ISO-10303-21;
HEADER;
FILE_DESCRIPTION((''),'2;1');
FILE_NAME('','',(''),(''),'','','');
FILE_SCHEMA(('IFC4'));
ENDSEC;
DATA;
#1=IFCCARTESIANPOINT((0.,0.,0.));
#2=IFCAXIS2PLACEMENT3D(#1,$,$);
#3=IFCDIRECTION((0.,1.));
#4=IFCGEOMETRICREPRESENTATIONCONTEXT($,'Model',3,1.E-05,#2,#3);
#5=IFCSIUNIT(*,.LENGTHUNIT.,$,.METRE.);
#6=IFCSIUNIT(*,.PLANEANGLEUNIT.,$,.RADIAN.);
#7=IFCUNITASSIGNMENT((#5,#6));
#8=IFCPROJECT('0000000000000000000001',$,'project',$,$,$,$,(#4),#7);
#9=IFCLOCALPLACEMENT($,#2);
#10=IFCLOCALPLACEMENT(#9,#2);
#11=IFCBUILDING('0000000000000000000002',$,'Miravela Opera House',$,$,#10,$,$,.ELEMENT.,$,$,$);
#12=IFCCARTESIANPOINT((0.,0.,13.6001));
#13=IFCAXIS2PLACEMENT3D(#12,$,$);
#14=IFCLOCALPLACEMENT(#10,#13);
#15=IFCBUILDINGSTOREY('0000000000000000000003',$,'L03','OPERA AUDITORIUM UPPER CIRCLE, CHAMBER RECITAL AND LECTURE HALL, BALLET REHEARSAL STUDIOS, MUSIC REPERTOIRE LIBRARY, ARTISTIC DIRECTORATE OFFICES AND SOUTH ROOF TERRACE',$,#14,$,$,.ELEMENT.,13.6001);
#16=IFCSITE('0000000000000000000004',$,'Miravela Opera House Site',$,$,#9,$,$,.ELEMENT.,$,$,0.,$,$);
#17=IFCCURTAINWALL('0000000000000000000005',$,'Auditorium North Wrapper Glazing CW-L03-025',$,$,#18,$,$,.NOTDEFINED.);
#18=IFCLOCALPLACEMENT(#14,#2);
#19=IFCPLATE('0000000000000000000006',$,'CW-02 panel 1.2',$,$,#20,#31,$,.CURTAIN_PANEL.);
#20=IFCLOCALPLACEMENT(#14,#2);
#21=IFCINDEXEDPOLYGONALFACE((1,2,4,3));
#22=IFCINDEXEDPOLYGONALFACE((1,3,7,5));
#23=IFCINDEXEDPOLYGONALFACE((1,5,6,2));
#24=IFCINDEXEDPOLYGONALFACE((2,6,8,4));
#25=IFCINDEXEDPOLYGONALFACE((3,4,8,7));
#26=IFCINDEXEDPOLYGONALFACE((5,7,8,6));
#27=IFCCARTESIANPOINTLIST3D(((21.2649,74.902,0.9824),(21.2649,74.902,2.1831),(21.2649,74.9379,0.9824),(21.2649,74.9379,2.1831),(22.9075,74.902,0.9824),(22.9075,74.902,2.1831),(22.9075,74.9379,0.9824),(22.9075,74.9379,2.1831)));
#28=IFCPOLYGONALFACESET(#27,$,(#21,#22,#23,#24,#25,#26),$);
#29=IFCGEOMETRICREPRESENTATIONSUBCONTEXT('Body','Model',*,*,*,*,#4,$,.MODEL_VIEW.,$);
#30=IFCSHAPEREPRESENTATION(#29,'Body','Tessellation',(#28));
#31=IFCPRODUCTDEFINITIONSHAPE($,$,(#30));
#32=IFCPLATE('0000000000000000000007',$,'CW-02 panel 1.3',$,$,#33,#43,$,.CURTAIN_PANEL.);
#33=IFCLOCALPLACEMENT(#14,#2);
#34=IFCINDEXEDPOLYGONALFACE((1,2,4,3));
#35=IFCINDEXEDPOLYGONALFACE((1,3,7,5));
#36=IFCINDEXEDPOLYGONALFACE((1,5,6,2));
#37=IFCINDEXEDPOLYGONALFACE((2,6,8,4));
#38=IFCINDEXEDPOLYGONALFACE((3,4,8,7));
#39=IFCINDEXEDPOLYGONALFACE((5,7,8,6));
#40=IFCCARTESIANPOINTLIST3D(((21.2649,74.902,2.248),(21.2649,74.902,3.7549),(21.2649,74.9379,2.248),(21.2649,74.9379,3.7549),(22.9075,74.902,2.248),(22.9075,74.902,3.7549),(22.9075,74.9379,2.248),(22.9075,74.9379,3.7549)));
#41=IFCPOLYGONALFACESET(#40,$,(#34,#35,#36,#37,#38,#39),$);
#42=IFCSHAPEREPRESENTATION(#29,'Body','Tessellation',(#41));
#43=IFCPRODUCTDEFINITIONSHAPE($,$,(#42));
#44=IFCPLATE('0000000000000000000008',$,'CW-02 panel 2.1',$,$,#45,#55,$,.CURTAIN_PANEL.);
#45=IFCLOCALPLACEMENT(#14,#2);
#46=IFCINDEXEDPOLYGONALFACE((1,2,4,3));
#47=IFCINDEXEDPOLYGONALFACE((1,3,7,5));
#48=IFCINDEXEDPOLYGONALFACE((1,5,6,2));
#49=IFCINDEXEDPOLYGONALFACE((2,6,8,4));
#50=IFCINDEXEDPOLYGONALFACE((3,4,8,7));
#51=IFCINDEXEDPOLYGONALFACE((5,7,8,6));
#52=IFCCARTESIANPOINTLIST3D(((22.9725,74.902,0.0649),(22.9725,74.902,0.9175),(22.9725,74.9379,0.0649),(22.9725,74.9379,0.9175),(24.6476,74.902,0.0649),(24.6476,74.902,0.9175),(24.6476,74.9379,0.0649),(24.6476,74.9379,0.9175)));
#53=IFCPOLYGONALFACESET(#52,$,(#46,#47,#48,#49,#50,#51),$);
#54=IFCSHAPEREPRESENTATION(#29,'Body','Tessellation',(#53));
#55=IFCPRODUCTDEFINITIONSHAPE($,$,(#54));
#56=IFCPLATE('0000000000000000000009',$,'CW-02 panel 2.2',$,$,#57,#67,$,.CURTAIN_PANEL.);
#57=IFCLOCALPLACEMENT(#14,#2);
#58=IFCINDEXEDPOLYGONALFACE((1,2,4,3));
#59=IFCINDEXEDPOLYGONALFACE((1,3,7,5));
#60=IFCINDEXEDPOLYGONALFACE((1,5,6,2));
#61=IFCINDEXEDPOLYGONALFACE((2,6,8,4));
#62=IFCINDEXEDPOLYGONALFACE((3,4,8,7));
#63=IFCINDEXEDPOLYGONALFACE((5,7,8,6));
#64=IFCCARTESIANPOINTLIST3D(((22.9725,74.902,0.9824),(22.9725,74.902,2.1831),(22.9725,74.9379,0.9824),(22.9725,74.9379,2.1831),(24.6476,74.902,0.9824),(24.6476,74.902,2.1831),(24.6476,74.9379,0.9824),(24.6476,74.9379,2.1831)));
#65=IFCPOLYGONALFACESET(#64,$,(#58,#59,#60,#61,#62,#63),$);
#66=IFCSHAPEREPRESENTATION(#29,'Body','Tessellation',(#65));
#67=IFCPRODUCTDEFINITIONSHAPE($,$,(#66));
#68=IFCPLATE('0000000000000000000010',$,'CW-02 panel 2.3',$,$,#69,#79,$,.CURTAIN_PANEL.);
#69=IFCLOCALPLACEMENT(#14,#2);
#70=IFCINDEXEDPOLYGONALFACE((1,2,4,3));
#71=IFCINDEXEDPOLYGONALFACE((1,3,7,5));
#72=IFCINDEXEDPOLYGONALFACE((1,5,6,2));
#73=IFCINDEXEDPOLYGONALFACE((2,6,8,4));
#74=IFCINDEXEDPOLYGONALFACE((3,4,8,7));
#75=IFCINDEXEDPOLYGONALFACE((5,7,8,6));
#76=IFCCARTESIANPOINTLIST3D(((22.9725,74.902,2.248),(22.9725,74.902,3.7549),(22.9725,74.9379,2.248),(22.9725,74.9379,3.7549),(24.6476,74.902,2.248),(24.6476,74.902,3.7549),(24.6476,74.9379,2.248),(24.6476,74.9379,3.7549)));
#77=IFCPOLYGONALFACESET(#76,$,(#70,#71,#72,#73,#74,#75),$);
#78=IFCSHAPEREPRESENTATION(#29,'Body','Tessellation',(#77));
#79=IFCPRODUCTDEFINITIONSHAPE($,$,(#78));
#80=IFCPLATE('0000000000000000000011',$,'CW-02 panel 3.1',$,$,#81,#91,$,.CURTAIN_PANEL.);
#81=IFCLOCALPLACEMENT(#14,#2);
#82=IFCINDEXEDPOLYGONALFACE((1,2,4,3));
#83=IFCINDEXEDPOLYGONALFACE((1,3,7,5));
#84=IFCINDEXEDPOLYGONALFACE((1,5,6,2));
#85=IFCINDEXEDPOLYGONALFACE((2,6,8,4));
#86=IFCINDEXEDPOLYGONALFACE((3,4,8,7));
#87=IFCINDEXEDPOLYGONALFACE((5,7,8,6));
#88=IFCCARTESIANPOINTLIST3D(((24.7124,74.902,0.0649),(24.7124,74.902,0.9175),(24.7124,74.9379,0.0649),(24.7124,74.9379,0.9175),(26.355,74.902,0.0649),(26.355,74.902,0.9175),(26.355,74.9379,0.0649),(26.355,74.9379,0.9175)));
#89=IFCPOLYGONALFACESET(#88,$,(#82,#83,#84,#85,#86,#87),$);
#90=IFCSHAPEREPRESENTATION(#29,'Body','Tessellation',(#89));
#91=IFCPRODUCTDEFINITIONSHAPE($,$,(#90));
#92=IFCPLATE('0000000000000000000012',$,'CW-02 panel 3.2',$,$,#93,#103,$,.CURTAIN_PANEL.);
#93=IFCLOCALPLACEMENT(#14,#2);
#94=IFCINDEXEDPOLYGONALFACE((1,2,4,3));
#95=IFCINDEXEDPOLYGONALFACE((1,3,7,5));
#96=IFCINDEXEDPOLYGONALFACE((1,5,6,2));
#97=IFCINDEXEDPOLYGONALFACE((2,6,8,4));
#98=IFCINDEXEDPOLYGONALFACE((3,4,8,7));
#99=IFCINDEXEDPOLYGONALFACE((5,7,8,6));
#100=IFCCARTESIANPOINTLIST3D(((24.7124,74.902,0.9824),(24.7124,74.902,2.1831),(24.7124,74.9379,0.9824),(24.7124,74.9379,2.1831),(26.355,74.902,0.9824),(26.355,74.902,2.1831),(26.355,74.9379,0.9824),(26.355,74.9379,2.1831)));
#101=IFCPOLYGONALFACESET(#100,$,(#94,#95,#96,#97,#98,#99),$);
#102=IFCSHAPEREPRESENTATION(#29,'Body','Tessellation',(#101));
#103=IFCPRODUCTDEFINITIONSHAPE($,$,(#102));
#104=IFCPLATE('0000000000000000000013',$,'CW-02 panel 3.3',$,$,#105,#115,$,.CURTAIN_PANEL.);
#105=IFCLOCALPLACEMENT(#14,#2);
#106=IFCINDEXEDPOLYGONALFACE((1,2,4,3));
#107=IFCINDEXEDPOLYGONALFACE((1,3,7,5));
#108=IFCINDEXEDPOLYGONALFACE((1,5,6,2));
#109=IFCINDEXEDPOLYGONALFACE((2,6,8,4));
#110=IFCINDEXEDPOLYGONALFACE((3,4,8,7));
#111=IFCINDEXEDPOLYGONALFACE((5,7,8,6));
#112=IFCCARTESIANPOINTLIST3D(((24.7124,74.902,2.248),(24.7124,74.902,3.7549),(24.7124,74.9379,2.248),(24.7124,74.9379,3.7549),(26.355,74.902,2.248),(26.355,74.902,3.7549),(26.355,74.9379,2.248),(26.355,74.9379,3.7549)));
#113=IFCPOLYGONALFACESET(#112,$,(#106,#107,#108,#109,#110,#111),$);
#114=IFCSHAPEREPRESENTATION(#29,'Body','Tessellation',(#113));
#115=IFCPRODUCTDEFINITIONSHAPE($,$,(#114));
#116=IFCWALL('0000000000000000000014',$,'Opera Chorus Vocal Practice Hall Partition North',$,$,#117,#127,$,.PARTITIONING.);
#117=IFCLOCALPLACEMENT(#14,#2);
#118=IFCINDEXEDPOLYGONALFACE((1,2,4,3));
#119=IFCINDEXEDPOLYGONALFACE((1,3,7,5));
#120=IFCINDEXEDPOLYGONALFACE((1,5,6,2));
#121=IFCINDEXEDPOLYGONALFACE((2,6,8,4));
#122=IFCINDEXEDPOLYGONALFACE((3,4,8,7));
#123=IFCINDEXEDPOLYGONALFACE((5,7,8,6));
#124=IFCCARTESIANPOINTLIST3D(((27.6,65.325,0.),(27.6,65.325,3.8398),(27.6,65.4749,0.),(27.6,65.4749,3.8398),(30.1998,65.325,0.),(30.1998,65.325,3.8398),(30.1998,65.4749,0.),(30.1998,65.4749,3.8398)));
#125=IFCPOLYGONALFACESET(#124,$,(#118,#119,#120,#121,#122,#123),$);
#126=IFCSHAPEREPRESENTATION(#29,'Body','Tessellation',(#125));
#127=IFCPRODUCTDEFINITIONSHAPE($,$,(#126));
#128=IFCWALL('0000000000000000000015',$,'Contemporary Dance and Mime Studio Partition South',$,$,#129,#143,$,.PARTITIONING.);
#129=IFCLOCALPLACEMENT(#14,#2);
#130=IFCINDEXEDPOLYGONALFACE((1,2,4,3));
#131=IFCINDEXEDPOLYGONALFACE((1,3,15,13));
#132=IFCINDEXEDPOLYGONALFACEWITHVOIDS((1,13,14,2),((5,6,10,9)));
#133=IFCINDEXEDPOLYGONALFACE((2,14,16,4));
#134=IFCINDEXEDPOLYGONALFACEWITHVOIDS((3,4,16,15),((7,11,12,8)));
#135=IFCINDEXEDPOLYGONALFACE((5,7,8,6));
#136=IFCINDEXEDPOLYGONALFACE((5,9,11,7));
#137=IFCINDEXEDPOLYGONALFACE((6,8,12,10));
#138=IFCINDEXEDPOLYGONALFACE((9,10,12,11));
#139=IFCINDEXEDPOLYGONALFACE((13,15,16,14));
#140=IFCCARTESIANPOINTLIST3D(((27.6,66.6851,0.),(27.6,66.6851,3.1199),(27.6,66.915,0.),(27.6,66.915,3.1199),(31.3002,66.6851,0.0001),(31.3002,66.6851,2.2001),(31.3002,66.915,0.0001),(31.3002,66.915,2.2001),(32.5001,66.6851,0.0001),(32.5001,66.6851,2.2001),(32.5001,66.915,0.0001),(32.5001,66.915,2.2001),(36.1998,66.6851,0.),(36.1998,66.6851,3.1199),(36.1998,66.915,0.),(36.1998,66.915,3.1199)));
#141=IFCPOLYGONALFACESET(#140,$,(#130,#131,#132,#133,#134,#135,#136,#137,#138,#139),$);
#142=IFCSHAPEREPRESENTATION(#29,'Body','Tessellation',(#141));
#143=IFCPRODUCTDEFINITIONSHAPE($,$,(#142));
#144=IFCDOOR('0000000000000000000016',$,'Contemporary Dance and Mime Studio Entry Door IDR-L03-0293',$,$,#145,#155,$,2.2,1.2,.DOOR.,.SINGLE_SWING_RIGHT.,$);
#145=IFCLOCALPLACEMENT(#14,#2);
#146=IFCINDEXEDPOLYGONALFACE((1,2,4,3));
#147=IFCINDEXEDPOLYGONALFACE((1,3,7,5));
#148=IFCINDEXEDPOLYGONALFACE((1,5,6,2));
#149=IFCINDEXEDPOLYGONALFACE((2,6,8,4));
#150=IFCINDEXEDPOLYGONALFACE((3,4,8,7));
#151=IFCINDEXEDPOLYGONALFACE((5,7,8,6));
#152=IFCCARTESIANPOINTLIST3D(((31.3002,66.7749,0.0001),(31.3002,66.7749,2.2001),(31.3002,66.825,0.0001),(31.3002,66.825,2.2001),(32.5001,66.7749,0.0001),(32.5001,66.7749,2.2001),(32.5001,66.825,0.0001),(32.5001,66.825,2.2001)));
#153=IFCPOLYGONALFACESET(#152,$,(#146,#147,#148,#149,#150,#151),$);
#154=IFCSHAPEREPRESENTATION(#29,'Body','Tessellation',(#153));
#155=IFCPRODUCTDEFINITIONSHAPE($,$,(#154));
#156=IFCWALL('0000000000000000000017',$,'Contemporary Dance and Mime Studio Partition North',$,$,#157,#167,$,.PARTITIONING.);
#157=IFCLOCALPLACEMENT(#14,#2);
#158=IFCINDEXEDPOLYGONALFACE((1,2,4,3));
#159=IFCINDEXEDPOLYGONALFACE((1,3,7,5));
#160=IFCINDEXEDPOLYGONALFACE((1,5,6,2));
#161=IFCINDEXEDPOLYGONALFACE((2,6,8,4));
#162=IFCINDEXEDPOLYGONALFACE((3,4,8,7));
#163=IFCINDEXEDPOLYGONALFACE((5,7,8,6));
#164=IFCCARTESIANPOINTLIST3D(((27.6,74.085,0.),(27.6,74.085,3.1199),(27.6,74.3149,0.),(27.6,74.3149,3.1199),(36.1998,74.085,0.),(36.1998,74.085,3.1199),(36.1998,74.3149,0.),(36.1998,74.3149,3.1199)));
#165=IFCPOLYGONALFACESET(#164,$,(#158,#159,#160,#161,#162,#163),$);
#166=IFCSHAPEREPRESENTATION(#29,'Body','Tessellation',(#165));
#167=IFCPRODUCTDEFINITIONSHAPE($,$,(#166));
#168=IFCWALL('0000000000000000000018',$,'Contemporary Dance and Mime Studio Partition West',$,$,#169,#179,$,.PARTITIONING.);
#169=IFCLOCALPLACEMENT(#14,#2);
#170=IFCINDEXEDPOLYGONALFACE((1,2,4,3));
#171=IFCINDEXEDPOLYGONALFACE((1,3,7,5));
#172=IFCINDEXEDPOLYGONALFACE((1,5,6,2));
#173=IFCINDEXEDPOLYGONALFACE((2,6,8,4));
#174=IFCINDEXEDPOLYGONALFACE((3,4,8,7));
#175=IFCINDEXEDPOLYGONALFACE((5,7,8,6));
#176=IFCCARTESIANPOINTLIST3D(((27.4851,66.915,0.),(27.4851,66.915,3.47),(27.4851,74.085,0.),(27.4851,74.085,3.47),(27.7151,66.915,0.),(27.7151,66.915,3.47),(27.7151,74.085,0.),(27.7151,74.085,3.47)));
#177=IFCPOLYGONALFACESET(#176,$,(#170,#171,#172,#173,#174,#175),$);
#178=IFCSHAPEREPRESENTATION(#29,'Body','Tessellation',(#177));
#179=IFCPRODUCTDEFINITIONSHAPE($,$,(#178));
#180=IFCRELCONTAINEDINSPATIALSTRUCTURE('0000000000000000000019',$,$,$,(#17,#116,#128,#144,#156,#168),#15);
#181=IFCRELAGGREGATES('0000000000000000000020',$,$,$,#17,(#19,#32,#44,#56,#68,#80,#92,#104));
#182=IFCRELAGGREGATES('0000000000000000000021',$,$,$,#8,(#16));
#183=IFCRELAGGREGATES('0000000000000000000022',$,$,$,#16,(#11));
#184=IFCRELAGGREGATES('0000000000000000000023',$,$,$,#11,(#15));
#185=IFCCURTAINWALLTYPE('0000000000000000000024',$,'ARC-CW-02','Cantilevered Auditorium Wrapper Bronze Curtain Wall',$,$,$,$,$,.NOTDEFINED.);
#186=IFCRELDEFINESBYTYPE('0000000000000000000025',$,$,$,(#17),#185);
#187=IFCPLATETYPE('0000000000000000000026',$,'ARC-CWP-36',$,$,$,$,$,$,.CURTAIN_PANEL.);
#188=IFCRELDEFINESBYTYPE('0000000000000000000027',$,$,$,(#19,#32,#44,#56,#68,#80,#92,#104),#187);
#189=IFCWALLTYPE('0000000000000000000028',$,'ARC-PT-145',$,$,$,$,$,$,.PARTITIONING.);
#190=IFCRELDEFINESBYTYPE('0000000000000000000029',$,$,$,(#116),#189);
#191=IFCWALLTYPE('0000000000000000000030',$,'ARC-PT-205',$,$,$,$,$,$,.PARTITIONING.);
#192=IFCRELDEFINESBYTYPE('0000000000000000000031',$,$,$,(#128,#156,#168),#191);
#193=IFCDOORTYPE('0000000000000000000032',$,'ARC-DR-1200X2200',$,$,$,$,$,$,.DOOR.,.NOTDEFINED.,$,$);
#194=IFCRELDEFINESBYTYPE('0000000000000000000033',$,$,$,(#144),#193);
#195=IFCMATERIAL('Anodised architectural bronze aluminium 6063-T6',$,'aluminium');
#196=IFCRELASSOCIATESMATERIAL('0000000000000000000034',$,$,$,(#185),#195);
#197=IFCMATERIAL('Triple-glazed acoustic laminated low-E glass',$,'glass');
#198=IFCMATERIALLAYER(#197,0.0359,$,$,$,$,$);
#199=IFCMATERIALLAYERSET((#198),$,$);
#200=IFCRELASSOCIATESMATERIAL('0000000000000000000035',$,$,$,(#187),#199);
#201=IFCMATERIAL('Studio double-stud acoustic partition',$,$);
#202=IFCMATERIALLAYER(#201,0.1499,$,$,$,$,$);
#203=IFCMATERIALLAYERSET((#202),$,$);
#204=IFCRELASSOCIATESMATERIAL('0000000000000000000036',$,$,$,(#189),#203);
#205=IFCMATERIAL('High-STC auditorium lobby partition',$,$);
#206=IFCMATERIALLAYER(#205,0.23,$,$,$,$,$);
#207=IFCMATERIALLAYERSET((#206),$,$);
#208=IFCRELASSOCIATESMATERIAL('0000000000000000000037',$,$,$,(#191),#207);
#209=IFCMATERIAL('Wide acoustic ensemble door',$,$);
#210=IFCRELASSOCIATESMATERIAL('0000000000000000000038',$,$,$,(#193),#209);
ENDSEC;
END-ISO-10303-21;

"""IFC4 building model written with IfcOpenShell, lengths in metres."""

from ifc_helpers import new_model, si_unit, direction, frame, frame_2d, origin, origin_2d, place, context, subcontext, project, spatial, rectangle, extrude, material, layer, layer_set, type_object, element, fill, aggregate, save


model = new_model("IFC4")

# Units and contexts
model_context = context("Model", 3, precision=1e-05, world=origin(), true_north=direction((0.0, 1.0)))
body_context = subcontext(model_context, "Body", "Model", "MODEL_VIEW")
ifc_project = project(units=[si_unit("LENGTHUNIT", "METRE"), si_unit("PLANEANGLEUNIT", "RADIAN")], contexts=[model_context])

# Site, building, storey
site_placement = place(None, origin())
site = spatial("IfcSite", under=ifc_project, at=site_placement, Name="Miravela Opera House Site", CompositionType="ELEMENT", RefElevation=0.0)
building_placement = place(site_placement, origin())
building = spatial("IfcBuilding", under=site, at=building_placement, Name="Miravela Opera House", CompositionType="ELEMENT")
storey_placement = place(building_placement, frame((0.0, 0.0, 13.6001)))
storey = spatial("IfcBuildingStorey", under=building, at=storey_placement, Name="L03", Description="OPERA AUDITORIUM UPPER CIRCLE, CHAMBER RECITAL AND LECTURE HALL, BALLET REHEARSAL STUDIOS, MUSIC REPERTOIRE LIBRARY, ARTISTIC DIRECTORATE OFFICES AND SOUTH ROOF TERRACE", CompositionType="ELEMENT", Elevation=13.6001)

# Shared definitions
ifc_material_1 = material(Name="Anodised architectural bronze aluminium 6063-T6", Category="aluminium")
curtain_wall_type = type_object("IfcCurtainWallType", Name="ARC-CW-02", Description="Cantilevered Auditorium Wrapper Bronze Curtain Wall", PredefinedType="NOTDEFINED", material=ifc_material_1)

# Curtain wall
curtain_wall_1_placement = place(storey_placement, origin())
curtain_wall_1 = element("IfcCurtainWall", 1, at=curtain_wall_1_placement, inside=storey, type_object=curtain_wall_type, Name="Auditorium North Wrapper Glazing CW-L03-025", PredefinedType="NOTDEFINED")

# Plates
ifc_material_2 = material(Name="Triple-glazed acoustic laminated low-E glass", Category="glass")
ifc_layer_1 = layer(ifc_material_2, 0.0359)
ifc_layer_set_1 = layer_set([ifc_layer_1])
plate_type = type_object("IfcPlateType", Name="ARC-CWP-36", PredefinedType="CURTAIN_PANEL", material=ifc_layer_set_1)
plate_1_placement = place(storey_placement, frame((22.0862, 74.9199, 0.9824), z_axis=(0.0, 0.0, 1.0), x_axis=(1.0, 0.0, 0.0)))
plate_1 = element("IfcPlate", 2, at=plate_1_placement, type_object=plate_type, Name="CW-02 panel 1.2", PredefinedType="CURTAIN_PANEL", context=body_context, shape_type="SweptSolid", body=[
    extrude(rectangle(XDim=1.6426, YDim=0.0359, at=origin_2d()), origin(), (0.0, 0.0, 1.0), 1.2007),
])
plate_2_placement = place(storey_placement, frame((22.0862, 74.9199, 2.248), z_axis=(0.0, 0.0, 1.0), x_axis=(1.0, 0.0, 0.0)))
plate_2 = element("IfcPlate", 3, at=plate_2_placement, type_object=plate_type, Name="CW-02 panel 1.3", PredefinedType="CURTAIN_PANEL", context=body_context, shape_type="SweptSolid", body=[
    extrude(rectangle(XDim=1.6426, YDim=0.0359, at=origin_2d()), origin(), (0.0, 0.0, 1.0), 1.5068),
])
plate_3_placement = place(storey_placement, frame((23.8101, 74.9199, 0.0649), z_axis=(0.0, 0.0, 1.0), x_axis=(1.0, 0.0, 0.0)))
plate_3 = element("IfcPlate", 4, at=plate_3_placement, type_object=plate_type, Name="CW-02 panel 2.1", PredefinedType="CURTAIN_PANEL", context=body_context, shape_type="SweptSolid", body=[
    extrude(rectangle(XDim=1.675, YDim=0.0359, at=origin_2d()), origin(), (0.0, 0.0, 1.0), 0.8525),
])
plate_4_placement = place(storey_placement, frame((23.8101, 74.9199, 0.9824), z_axis=(0.0, 0.0, 1.0), x_axis=(1.0, 0.0, 0.0)))
plate_4 = element("IfcPlate", 5, at=plate_4_placement, type_object=plate_type, Name="CW-02 panel 2.2", PredefinedType="CURTAIN_PANEL", context=body_context, shape_type="SweptSolid", body=[
    extrude(rectangle(XDim=1.675, YDim=0.0359, at=origin_2d()), origin(), (0.0, 0.0, 1.0), 1.2007),
])
plate_5_placement = place(storey_placement, frame((23.8101, 74.9199, 2.248), z_axis=(0.0, 0.0, 1.0), x_axis=(1.0, 0.0, 0.0)))
plate_5 = element("IfcPlate", 6, at=plate_5_placement, type_object=plate_type, Name="CW-02 panel 2.3", PredefinedType="CURTAIN_PANEL", context=body_context, shape_type="SweptSolid", body=[
    extrude(rectangle(XDim=1.675, YDim=0.0359, at=origin_2d()), origin(), (0.0, 0.0, 1.0), 1.5068),
])
plate_6_placement = place(storey_placement, frame((25.5337, 74.9199, 0.0649), z_axis=(0.0, 0.0, 1.0), x_axis=(1.0, 0.0, 0.0)))
plate_6 = element("IfcPlate", 7, at=plate_6_placement, type_object=plate_type, Name="CW-02 panel 3.1", PredefinedType="CURTAIN_PANEL", context=body_context, shape_type="SweptSolid", body=[
    extrude(rectangle(XDim=1.6426, YDim=0.0359, at=origin_2d()), origin(), (0.0, 0.0, 1.0), 0.8525),
])
plate_7_placement = place(storey_placement, frame((25.5337, 74.9199, 0.9824), z_axis=(0.0, 0.0, 1.0), x_axis=(1.0, 0.0, 0.0)))
plate_7 = element("IfcPlate", 8, at=plate_7_placement, type_object=plate_type, Name="CW-02 panel 3.2", PredefinedType="CURTAIN_PANEL", context=body_context, shape_type="SweptSolid", body=[
    extrude(rectangle(XDim=1.6426, YDim=0.0359, at=origin_2d()), origin(), (0.0, 0.0, 1.0), 1.2007),
])
plate_8_placement = place(storey_placement, frame((25.5337, 74.9199, 2.248), z_axis=(0.0, 0.0, 1.0), x_axis=(1.0, 0.0, 0.0)))
plate_8 = element("IfcPlate", 9, at=plate_8_placement, type_object=plate_type, Name="CW-02 panel 3.3", PredefinedType="CURTAIN_PANEL", context=body_context, shape_type="SweptSolid", body=[
    extrude(rectangle(XDim=1.6426, YDim=0.0359, at=origin_2d()), origin(), (0.0, 0.0, 1.0), 1.5068),
])
aggregate(curtain_wall_1, [plate_1, plate_2, plate_3, plate_4, plate_5, plate_6, plate_7, plate_8])

# Wall
ifc_material_3 = material(Name="Studio double-stud acoustic partition")
ifc_layer_2 = layer(ifc_material_3, 0.1499)
ifc_layer_set_2 = layer_set([ifc_layer_2])
wall_type_1 = type_object("IfcWallType", Name="ARC-PT-145", PredefinedType="PARTITIONING", material=ifc_layer_set_2)
wall_1_placement = place(storey_placement, frame((27.6001, 65.3999, 0.0), z_axis=(0.0, 0.0, 1.0), x_axis=(1.0, 0.0, 0.0)))
element("IfcWall", 10, at=wall_1_placement, inside=storey, type_object=wall_type_1, Name="Opera Chorus Vocal Practice Hall Partition North", PredefinedType="PARTITIONING", context=body_context, shape_type="SweptSolid", body=[
    extrude(rectangle(XDim=2.5999, YDim=0.1499, at=frame_2d((1.2998, 0.0))), origin(), (0.0, 0.0, 1.0), 3.8398),
])

# Wall, opening, door
ifc_material_4 = material(Name="High-STC auditorium lobby partition")
ifc_layer_3 = layer(ifc_material_4, 0.23)
ifc_layer_set_3 = layer_set([ifc_layer_3])
wall_type_2 = type_object("IfcWallType", Name="ARC-PT-205", PredefinedType="PARTITIONING", material=ifc_layer_set_3)
wall_2_placement = place(storey_placement, frame((27.6001, 66.8, 0.0), z_axis=(0.0, 0.0, 1.0), x_axis=(1.0, 0.0, 0.0)))
wall_2 = element("IfcWall", 11, at=wall_2_placement, inside=storey, type_object=wall_type_2, Name="Contemporary Dance and Mime Studio Partition South", PredefinedType="PARTITIONING", context=body_context, shape_type="SweptSolid", body=[
    extrude(rectangle(XDim=8.5999, YDim=0.23, at=frame_2d((4.2998, 0.0))), origin(), (0.0, 0.0, 1.0), 3.1199),
])
opening_placement = place(wall_2_placement, frame((3.7, 0.0, 0.0)))
opening = element("IfcOpeningElement", 12, at=opening_placement, cuts=wall_2, PredefinedType="OPENING", context=body_context, shape_type="SweptSolid", body=[
    extrude(rectangle(XDim=1.2, YDim=2.2, at=frame_2d((0.6001, 1.1001))), frame((0.0, 0.125, 0.0), z_axis=(0.0, -1.0, 0.0), x_axis=(1.0, 0.0, 0.0)), (0.0, 0.0, 1.0), 0.25),
])
ifc_material_5 = material(Name="Wide acoustic ensemble door")
door_type = type_object("IfcDoorType", Name="ARC-DR-1200X2200", OperationType="NOTDEFINED", PredefinedType="DOOR", material=ifc_material_5)
door_placement = place(opening_placement, origin())
door = element("IfcDoor", 13, at=door_placement, inside=storey, type_object=door_type, Name="Contemporary Dance and Mime Studio Entry Door IDR-L03-0293", OperationType="SINGLE_SWING_RIGHT", OverallHeight=2.2, OverallWidth=1.2, PredefinedType="DOOR", context=body_context, shape_type="SweptSolid", body=[
    extrude(rectangle(XDim=1.2, YDim=2.2, at=frame_2d((0.6001, 1.1001))), frame((0.0, 0.0249, 0.0), z_axis=(0.0, -1.0, 0.0), x_axis=(1.0, 0.0, 0.0)), (0.0, 0.0, 1.0), 0.05),
])
fill(opening, door)

# Walls
wall_3_placement = place(storey_placement, frame((27.6001, 74.2, 0.0), z_axis=(0.0, 0.0, 1.0), x_axis=(1.0, 0.0, 0.0)))
element("IfcWall", 14, at=wall_3_placement, inside=storey, type_object=wall_type_2, Name="Contemporary Dance and Mime Studio Partition North", PredefinedType="PARTITIONING", context=body_context, shape_type="SweptSolid", body=[
    extrude(rectangle(XDim=8.5999, YDim=0.23, at=frame_2d((4.2998, 0.0))), origin(), (0.0, 0.0, 1.0), 3.1199),
])
wall_4_placement = place(storey_placement, frame((27.6001, 66.915, 0.0), z_axis=(0.0, 0.0, 1.0), x_axis=(0.0, 1.0, 0.0)))
element("IfcWall", 15, at=wall_4_placement, inside=storey, type_object=wall_type_2, Name="Contemporary Dance and Mime Studio Partition West", PredefinedType="PARTITIONING", context=body_context, shape_type="SweptSolid", body=[
    extrude(rectangle(XDim=7.1699, YDim=0.23, at=frame_2d((3.585, 0.0))), origin(), (0.0, 0.0, 1.0), 3.47),
])

save(model, "model.ifc")
